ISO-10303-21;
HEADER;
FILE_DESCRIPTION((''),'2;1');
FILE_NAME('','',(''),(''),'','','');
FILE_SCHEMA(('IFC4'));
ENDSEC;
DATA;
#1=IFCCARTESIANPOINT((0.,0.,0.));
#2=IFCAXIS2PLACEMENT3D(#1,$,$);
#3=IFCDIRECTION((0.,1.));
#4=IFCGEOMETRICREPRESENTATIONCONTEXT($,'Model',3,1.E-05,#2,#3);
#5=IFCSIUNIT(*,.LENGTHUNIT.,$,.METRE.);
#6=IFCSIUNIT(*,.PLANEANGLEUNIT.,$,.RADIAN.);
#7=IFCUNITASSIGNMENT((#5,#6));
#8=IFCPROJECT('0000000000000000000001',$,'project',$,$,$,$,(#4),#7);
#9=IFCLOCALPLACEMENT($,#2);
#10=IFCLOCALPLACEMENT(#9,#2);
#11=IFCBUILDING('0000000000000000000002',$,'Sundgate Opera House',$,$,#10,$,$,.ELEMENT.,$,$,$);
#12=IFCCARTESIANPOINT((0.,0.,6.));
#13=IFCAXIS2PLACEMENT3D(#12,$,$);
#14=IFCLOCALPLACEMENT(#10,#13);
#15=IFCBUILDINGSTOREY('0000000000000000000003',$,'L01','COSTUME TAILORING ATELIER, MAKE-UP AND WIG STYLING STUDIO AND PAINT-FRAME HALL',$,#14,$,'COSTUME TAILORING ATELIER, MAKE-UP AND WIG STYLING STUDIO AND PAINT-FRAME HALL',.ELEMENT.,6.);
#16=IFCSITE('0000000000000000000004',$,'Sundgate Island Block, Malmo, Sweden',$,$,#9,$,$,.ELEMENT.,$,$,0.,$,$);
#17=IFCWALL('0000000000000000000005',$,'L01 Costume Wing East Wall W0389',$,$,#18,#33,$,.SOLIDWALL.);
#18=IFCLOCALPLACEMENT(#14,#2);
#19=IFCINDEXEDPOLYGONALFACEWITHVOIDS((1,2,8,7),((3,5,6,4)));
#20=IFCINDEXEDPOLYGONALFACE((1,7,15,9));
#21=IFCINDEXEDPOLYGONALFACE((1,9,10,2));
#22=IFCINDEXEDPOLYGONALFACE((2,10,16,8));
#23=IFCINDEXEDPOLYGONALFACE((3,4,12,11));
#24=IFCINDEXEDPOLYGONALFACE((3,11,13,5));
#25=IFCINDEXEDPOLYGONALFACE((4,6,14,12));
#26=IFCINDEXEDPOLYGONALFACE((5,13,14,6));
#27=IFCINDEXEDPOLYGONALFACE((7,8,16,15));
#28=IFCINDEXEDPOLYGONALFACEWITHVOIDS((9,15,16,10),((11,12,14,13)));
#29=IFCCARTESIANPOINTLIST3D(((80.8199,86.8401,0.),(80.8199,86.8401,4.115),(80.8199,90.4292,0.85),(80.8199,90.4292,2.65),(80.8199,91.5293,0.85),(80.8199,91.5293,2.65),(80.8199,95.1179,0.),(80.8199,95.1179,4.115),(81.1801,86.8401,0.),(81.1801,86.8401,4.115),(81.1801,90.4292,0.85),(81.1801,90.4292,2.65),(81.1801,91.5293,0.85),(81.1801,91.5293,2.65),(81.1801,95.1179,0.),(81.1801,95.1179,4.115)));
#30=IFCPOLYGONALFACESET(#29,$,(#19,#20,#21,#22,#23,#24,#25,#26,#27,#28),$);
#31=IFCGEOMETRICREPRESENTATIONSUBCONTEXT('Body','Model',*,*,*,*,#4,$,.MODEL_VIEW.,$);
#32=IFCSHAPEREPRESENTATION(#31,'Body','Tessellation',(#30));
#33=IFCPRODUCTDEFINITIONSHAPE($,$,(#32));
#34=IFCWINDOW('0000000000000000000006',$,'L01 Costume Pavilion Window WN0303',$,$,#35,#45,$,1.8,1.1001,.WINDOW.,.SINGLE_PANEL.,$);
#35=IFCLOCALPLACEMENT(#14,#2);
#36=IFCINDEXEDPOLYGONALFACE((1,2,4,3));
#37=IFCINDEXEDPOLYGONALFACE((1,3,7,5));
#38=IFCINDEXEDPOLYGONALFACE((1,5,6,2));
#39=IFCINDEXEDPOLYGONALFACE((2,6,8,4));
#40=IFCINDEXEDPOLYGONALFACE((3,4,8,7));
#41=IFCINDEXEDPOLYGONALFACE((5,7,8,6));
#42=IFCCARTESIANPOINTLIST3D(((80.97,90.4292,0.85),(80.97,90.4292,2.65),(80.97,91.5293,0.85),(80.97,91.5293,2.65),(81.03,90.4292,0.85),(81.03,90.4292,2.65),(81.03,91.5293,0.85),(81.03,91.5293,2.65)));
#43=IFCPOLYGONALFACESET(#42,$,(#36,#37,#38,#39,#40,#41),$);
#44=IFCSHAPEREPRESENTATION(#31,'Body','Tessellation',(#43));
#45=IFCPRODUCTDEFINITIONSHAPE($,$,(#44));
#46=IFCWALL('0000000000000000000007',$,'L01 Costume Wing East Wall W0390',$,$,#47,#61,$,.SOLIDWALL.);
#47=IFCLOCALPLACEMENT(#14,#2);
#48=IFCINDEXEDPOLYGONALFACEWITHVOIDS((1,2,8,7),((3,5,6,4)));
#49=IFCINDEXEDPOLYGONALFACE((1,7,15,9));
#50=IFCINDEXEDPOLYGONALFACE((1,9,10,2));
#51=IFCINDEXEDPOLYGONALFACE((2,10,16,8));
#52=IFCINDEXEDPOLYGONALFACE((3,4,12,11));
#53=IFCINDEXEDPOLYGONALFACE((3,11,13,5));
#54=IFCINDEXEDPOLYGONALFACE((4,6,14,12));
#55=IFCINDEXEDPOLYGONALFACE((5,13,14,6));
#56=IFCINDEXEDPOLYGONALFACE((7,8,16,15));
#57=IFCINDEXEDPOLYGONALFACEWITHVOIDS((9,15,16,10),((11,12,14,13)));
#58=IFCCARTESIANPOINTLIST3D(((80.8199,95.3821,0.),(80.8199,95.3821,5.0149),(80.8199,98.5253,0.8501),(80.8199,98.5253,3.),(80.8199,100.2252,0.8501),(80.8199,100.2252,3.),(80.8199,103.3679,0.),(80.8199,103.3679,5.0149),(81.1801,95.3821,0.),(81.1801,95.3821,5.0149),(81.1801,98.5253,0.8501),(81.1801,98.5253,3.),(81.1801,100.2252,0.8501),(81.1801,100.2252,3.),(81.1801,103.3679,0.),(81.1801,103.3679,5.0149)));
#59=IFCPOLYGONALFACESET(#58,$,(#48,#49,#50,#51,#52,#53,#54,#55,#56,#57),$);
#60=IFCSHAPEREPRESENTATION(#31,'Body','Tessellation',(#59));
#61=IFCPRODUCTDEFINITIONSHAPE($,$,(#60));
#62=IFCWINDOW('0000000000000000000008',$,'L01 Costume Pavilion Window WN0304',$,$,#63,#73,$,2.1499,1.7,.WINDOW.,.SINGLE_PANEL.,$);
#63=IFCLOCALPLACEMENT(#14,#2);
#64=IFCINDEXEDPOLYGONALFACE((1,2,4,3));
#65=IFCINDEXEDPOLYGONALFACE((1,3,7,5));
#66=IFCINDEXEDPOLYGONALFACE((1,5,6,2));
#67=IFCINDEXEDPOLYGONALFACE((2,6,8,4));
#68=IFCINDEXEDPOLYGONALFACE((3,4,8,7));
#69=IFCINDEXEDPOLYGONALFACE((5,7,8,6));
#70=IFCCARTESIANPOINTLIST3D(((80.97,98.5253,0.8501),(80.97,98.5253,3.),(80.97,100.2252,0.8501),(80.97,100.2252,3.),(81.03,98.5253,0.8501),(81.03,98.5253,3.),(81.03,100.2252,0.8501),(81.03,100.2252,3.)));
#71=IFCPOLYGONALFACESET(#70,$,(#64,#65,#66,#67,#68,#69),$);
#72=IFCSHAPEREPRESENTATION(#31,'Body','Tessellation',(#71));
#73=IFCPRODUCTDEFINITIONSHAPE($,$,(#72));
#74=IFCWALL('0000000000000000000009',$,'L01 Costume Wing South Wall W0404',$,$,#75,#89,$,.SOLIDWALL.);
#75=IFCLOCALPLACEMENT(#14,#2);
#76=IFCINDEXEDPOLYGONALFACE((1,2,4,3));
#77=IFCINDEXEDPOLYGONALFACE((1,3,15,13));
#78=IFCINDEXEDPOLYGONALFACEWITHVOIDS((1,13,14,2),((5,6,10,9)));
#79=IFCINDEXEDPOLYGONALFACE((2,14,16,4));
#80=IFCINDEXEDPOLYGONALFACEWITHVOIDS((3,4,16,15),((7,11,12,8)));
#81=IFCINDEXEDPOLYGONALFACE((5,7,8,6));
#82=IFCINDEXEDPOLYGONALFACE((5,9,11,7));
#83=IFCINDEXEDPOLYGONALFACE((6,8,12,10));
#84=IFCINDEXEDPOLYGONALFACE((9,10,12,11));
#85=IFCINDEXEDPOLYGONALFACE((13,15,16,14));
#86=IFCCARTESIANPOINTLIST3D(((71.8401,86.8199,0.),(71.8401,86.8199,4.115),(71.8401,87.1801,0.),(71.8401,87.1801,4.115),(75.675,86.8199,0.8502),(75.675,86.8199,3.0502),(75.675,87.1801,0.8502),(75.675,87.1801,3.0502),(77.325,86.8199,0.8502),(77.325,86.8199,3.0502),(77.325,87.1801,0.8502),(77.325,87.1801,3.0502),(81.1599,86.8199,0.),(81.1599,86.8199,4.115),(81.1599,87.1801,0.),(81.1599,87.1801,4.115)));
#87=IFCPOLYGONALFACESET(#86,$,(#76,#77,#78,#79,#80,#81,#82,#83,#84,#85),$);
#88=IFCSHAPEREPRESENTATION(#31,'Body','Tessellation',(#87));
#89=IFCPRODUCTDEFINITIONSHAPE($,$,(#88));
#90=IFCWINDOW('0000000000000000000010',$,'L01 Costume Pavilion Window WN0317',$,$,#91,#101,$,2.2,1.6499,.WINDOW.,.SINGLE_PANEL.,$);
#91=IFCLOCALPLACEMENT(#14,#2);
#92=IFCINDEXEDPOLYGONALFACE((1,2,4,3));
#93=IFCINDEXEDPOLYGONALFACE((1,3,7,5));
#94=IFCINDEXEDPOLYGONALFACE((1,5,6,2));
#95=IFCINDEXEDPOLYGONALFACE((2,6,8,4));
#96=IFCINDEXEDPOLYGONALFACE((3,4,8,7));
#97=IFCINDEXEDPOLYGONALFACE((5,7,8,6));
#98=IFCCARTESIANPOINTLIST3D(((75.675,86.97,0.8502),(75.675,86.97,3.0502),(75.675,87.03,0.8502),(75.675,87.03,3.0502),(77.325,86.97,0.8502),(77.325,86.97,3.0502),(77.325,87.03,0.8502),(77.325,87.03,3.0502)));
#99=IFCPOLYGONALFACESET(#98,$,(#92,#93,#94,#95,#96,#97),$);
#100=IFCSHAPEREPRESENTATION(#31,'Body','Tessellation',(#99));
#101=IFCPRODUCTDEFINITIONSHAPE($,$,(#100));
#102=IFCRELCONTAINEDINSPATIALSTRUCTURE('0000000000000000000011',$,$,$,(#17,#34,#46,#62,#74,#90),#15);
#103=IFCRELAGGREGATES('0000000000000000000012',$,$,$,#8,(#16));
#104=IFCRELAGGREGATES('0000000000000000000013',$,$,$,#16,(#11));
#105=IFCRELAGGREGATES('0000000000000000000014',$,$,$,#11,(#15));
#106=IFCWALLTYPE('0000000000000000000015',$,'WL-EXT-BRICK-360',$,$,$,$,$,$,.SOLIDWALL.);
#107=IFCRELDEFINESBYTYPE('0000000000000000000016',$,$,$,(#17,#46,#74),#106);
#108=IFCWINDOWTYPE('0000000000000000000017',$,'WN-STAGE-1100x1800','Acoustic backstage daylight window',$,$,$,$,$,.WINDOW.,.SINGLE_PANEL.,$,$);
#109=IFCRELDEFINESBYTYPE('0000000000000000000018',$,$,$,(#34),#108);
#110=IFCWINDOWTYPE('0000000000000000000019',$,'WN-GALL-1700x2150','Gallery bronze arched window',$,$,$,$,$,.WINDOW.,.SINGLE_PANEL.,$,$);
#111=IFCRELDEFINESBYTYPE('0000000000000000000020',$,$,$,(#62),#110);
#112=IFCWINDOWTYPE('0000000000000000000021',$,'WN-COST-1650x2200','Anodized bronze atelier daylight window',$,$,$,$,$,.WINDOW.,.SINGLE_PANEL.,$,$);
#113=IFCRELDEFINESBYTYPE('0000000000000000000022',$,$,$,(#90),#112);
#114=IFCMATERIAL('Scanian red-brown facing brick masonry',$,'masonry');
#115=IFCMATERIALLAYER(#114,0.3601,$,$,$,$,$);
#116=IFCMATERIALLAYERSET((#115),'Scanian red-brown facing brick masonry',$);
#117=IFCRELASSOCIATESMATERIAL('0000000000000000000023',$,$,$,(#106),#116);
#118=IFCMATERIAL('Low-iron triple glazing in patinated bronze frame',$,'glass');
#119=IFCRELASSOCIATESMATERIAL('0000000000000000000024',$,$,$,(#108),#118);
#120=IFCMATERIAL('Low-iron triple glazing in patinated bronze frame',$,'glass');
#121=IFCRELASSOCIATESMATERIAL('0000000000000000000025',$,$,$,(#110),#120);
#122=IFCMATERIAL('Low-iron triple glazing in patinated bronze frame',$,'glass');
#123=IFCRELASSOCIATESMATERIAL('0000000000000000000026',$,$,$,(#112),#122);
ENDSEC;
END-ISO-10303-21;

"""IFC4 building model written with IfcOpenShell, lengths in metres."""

from ifc_helpers import new_model, si_unit, direction, frame, frame_2d, origin, place, context, subcontext, project, spatial, rectangle, extrude, material, layer, layer_set, type_object, element, fill, save


model = new_model("IFC4")

# Units and contexts
model_context = context("Model", 3, precision=1e-05, world=origin(), true_north=direction((0.0, 1.0)))
body_context = subcontext(model_context, "Body", "Model", "MODEL_VIEW")
ifc_project = project(units=[si_unit("LENGTHUNIT", "METRE"), si_unit("PLANEANGLEUNIT", "RADIAN")], contexts=[model_context])

# Site, building, storey
site_placement = place(None, origin())
site = spatial("IfcSite", under=ifc_project, at=site_placement, Name="Sundgate Island Block, Malmo, Sweden", CompositionType="ELEMENT", RefElevation=0.0)
building_placement = place(site_placement, origin())
building = spatial("IfcBuilding", under=site, at=building_placement, Name="Sundgate Opera House", CompositionType="ELEMENT")
storey_placement = place(building_placement, frame((0.0, 0.0, 6.0)))
storey = spatial("IfcBuildingStorey", under=building, at=storey_placement, Name="L01", Description="COSTUME TAILORING ATELIER, MAKE-UP AND WIG STYLING STUDIO AND PAINT-FRAME HALL", LongName="COSTUME TAILORING ATELIER, MAKE-UP AND WIG STYLING STUDIO AND PAINT-FRAME HALL", CompositionType="ELEMENT", Elevation=6.0)

# Walls, openings, windows
ifc_material_1 = material(Name="Scanian red-brown facing brick masonry", Category="masonry")
ifc_layer_1 = layer(ifc_material_1, 0.3601)
ifc_layer_set_1 = layer_set([ifc_layer_1], Name="Scanian red-brown facing brick masonry")
wall_type = type_object("IfcWallType", Name="WL-EXT-BRICK-360", PredefinedType="SOLIDWALL", material=ifc_layer_set_1)
wall_1_placement = place(storey_placement, frame((81.0, 86.8401, 0.0), z_axis=(0.0, 0.0, 1.0), x_axis=(0.0, 1.0, 0.0)))
wall_1 = element("IfcWall", 1, at=wall_1_placement, inside=storey, type_object=wall_type, Name="L01 Costume Wing East Wall W0389", PredefinedType="SOLIDWALL", context=body_context, shape_type="SweptSolid", body=[
    extrude(rectangle(XDim=8.2778, YDim=0.3601, at=frame_2d((4.1389, 0.0))), origin(), (0.0, 0.0, 1.0), 4.115),
])
opening_1_placement = place(wall_1_placement, frame((3.5891, 0.0, 0.8501)))
opening_1 = element("IfcOpeningElement", 2, at=opening_1_placement, cuts=wall_1, PredefinedType="OPENING", context=body_context, shape_type="SweptSolid", body=[
    extrude(rectangle(XDim=1.1001, YDim=1.8, at=frame_2d((0.55, 0.8999))), frame((0.0, 0.1899, 0.0), z_axis=(0.0, -1.0, 0.0), x_axis=(1.0, 0.0, 0.0)), (0.0, 0.0, 1.0), 0.3801),
])
ifc_material_2 = material(Name="Low-iron triple glazing in patinated bronze frame", Category="glass")
window_type_1 = type_object("IfcWindowType", Name="WN-STAGE-1100x1800", Description="Acoustic backstage daylight window", PartitioningType="SINGLE_PANEL", PredefinedType="WINDOW", material=ifc_material_2)
window_1_placement = place(opening_1_placement, origin())
window_1 = element("IfcWindow", 3, at=window_1_placement, inside=storey, type_object=window_type_1, Name="L01 Costume Pavilion Window WN0303", OverallHeight=1.8, OverallWidth=1.1001, PartitioningType="SINGLE_PANEL", PredefinedType="WINDOW", context=body_context, shape_type="SweptSolid", body=[
    extrude(rectangle(XDim=1.1001, YDim=1.8, at=frame_2d((0.55, 0.8999))), frame((0.0, 0.03, 0.0), z_axis=(0.0, -1.0, 0.0), x_axis=(1.0, 0.0, 0.0)), (0.0, 0.0, 1.0), 0.0601),
])
fill(opening_1, window_1)
wall_2_placement = place(storey_placement, frame((81.0, 95.3821, 0.0), z_axis=(0.0, 0.0, 1.0), x_axis=(0.0, 1.0, 0.0)))
wall_2 = element("IfcWall", 4, at=wall_2_placement, inside=storey, type_object=wall_type, Name="L01 Costume Wing East Wall W0390", PredefinedType="SOLIDWALL", context=body_context, shape_type="SweptSolid", body=[
    extrude(rectangle(XDim=7.9858, YDim=0.3601, at=frame_2d((3.9929, 0.0))), origin(), (0.0, 0.0, 1.0), 5.0149),
])
opening_2_placement = place(wall_2_placement, frame((3.1431, 0.0, 0.8501)))
opening_2 = element("IfcOpeningElement", 5, at=opening_2_placement, cuts=wall_2, PredefinedType="OPENING", context=body_context, shape_type="SweptSolid", body=[
    extrude(rectangle(XDim=1.7, YDim=2.1499, at=frame_2d((0.8501, 1.075))), frame((0.0, 0.1899, 0.0), z_axis=(0.0, -1.0, 0.0), x_axis=(1.0, 0.0, 0.0)), (0.0, 0.0, 1.0), 0.3801),
])
ifc_material_3 = material(Name="Low-iron triple glazing in patinated bronze frame", Category="glass")
window_type_2 = type_object("IfcWindowType", Name="WN-GALL-1700x2150", Description="Gallery bronze arched window", PartitioningType="SINGLE_PANEL", PredefinedType="WINDOW", material=ifc_material_3)
window_2_placement = place(opening_2_placement, origin())
window_2 = element("IfcWindow", 6, at=window_2_placement, inside=storey, type_object=window_type_2, Name="L01 Costume Pavilion Window WN0304", OverallHeight=2.1499, OverallWidth=1.7, PartitioningType="SINGLE_PANEL", PredefinedType="WINDOW", context=body_context, shape_type="SweptSolid", body=[
    extrude(rectangle(XDim=1.7, YDim=2.1499, at=frame_2d((0.8501, 1.075))), frame((0.0, 0.03, 0.0), z_axis=(0.0, -1.0, 0.0), x_axis=(1.0, 0.0, 0.0)), (0.0, 0.0, 1.0), 0.0601),
])
fill(opening_2, window_2)
wall_3_placement = place(storey_placement, frame((81.1599, 87.0, 0.0), z_axis=(0.0, 0.0, 1.0), x_axis=(-1.0, 0.0, 0.0)))
wall_3 = element("IfcWall", 7, at=wall_3_placement, inside=storey, type_object=wall_type, Name="L01 Costume Wing South Wall W0404", PredefinedType="SOLIDWALL", context=body_context, shape_type="SweptSolid", body=[
    extrude(rectangle(XDim=9.3198, YDim=0.3601, at=frame_2d((4.6599, 0.0))), origin(), (0.0, 0.0, 1.0), 4.115),
])
opening_3_placement = place(wall_3_placement, frame((3.835, 0.0, 0.8501)))
opening_3 = element("IfcOpeningElement", 8, at=opening_3_placement, cuts=wall_3, PredefinedType="OPENING", context=body_context, shape_type="SweptSolid", body=[
    extrude(rectangle(XDim=1.6499, YDim=2.2, at=frame_2d((0.825, 1.1001))), frame((0.0, 0.1899, 0.0), z_axis=(0.0, -1.0, 0.0), x_axis=(1.0, 0.0, 0.0)), (0.0, 0.0, 1.0), 0.3801),
])
ifc_material_4 = material(Name="Low-iron triple glazing in patinated bronze frame", Category="glass")
window_type_3 = type_object("IfcWindowType", Name="WN-COST-1650x2200", Description="Anodized bronze atelier daylight window", PartitioningType="SINGLE_PANEL", PredefinedType="WINDOW", material=ifc_material_4)
window_3_placement = place(opening_3_placement, origin())
window_3 = element("IfcWindow", 9, at=window_3_placement, inside=storey, type_object=window_type_3, Name="L01 Costume Pavilion Window WN0317", OverallHeight=2.2, OverallWidth=1.6499, PartitioningType="SINGLE_PANEL", PredefinedType="WINDOW", context=body_context, shape_type="SweptSolid", body=[
    extrude(rectangle(XDim=1.6499, YDim=2.2, at=frame_2d((0.825, 1.1001))), frame((0.0, 0.03, 0.0), z_axis=(0.0, -1.0, 0.0), x_axis=(1.0, 0.0, 0.0)), (0.0, 0.0, 1.0), 0.0601),
])
fill(opening_3, window_3)

save(model, "model.ifc")
